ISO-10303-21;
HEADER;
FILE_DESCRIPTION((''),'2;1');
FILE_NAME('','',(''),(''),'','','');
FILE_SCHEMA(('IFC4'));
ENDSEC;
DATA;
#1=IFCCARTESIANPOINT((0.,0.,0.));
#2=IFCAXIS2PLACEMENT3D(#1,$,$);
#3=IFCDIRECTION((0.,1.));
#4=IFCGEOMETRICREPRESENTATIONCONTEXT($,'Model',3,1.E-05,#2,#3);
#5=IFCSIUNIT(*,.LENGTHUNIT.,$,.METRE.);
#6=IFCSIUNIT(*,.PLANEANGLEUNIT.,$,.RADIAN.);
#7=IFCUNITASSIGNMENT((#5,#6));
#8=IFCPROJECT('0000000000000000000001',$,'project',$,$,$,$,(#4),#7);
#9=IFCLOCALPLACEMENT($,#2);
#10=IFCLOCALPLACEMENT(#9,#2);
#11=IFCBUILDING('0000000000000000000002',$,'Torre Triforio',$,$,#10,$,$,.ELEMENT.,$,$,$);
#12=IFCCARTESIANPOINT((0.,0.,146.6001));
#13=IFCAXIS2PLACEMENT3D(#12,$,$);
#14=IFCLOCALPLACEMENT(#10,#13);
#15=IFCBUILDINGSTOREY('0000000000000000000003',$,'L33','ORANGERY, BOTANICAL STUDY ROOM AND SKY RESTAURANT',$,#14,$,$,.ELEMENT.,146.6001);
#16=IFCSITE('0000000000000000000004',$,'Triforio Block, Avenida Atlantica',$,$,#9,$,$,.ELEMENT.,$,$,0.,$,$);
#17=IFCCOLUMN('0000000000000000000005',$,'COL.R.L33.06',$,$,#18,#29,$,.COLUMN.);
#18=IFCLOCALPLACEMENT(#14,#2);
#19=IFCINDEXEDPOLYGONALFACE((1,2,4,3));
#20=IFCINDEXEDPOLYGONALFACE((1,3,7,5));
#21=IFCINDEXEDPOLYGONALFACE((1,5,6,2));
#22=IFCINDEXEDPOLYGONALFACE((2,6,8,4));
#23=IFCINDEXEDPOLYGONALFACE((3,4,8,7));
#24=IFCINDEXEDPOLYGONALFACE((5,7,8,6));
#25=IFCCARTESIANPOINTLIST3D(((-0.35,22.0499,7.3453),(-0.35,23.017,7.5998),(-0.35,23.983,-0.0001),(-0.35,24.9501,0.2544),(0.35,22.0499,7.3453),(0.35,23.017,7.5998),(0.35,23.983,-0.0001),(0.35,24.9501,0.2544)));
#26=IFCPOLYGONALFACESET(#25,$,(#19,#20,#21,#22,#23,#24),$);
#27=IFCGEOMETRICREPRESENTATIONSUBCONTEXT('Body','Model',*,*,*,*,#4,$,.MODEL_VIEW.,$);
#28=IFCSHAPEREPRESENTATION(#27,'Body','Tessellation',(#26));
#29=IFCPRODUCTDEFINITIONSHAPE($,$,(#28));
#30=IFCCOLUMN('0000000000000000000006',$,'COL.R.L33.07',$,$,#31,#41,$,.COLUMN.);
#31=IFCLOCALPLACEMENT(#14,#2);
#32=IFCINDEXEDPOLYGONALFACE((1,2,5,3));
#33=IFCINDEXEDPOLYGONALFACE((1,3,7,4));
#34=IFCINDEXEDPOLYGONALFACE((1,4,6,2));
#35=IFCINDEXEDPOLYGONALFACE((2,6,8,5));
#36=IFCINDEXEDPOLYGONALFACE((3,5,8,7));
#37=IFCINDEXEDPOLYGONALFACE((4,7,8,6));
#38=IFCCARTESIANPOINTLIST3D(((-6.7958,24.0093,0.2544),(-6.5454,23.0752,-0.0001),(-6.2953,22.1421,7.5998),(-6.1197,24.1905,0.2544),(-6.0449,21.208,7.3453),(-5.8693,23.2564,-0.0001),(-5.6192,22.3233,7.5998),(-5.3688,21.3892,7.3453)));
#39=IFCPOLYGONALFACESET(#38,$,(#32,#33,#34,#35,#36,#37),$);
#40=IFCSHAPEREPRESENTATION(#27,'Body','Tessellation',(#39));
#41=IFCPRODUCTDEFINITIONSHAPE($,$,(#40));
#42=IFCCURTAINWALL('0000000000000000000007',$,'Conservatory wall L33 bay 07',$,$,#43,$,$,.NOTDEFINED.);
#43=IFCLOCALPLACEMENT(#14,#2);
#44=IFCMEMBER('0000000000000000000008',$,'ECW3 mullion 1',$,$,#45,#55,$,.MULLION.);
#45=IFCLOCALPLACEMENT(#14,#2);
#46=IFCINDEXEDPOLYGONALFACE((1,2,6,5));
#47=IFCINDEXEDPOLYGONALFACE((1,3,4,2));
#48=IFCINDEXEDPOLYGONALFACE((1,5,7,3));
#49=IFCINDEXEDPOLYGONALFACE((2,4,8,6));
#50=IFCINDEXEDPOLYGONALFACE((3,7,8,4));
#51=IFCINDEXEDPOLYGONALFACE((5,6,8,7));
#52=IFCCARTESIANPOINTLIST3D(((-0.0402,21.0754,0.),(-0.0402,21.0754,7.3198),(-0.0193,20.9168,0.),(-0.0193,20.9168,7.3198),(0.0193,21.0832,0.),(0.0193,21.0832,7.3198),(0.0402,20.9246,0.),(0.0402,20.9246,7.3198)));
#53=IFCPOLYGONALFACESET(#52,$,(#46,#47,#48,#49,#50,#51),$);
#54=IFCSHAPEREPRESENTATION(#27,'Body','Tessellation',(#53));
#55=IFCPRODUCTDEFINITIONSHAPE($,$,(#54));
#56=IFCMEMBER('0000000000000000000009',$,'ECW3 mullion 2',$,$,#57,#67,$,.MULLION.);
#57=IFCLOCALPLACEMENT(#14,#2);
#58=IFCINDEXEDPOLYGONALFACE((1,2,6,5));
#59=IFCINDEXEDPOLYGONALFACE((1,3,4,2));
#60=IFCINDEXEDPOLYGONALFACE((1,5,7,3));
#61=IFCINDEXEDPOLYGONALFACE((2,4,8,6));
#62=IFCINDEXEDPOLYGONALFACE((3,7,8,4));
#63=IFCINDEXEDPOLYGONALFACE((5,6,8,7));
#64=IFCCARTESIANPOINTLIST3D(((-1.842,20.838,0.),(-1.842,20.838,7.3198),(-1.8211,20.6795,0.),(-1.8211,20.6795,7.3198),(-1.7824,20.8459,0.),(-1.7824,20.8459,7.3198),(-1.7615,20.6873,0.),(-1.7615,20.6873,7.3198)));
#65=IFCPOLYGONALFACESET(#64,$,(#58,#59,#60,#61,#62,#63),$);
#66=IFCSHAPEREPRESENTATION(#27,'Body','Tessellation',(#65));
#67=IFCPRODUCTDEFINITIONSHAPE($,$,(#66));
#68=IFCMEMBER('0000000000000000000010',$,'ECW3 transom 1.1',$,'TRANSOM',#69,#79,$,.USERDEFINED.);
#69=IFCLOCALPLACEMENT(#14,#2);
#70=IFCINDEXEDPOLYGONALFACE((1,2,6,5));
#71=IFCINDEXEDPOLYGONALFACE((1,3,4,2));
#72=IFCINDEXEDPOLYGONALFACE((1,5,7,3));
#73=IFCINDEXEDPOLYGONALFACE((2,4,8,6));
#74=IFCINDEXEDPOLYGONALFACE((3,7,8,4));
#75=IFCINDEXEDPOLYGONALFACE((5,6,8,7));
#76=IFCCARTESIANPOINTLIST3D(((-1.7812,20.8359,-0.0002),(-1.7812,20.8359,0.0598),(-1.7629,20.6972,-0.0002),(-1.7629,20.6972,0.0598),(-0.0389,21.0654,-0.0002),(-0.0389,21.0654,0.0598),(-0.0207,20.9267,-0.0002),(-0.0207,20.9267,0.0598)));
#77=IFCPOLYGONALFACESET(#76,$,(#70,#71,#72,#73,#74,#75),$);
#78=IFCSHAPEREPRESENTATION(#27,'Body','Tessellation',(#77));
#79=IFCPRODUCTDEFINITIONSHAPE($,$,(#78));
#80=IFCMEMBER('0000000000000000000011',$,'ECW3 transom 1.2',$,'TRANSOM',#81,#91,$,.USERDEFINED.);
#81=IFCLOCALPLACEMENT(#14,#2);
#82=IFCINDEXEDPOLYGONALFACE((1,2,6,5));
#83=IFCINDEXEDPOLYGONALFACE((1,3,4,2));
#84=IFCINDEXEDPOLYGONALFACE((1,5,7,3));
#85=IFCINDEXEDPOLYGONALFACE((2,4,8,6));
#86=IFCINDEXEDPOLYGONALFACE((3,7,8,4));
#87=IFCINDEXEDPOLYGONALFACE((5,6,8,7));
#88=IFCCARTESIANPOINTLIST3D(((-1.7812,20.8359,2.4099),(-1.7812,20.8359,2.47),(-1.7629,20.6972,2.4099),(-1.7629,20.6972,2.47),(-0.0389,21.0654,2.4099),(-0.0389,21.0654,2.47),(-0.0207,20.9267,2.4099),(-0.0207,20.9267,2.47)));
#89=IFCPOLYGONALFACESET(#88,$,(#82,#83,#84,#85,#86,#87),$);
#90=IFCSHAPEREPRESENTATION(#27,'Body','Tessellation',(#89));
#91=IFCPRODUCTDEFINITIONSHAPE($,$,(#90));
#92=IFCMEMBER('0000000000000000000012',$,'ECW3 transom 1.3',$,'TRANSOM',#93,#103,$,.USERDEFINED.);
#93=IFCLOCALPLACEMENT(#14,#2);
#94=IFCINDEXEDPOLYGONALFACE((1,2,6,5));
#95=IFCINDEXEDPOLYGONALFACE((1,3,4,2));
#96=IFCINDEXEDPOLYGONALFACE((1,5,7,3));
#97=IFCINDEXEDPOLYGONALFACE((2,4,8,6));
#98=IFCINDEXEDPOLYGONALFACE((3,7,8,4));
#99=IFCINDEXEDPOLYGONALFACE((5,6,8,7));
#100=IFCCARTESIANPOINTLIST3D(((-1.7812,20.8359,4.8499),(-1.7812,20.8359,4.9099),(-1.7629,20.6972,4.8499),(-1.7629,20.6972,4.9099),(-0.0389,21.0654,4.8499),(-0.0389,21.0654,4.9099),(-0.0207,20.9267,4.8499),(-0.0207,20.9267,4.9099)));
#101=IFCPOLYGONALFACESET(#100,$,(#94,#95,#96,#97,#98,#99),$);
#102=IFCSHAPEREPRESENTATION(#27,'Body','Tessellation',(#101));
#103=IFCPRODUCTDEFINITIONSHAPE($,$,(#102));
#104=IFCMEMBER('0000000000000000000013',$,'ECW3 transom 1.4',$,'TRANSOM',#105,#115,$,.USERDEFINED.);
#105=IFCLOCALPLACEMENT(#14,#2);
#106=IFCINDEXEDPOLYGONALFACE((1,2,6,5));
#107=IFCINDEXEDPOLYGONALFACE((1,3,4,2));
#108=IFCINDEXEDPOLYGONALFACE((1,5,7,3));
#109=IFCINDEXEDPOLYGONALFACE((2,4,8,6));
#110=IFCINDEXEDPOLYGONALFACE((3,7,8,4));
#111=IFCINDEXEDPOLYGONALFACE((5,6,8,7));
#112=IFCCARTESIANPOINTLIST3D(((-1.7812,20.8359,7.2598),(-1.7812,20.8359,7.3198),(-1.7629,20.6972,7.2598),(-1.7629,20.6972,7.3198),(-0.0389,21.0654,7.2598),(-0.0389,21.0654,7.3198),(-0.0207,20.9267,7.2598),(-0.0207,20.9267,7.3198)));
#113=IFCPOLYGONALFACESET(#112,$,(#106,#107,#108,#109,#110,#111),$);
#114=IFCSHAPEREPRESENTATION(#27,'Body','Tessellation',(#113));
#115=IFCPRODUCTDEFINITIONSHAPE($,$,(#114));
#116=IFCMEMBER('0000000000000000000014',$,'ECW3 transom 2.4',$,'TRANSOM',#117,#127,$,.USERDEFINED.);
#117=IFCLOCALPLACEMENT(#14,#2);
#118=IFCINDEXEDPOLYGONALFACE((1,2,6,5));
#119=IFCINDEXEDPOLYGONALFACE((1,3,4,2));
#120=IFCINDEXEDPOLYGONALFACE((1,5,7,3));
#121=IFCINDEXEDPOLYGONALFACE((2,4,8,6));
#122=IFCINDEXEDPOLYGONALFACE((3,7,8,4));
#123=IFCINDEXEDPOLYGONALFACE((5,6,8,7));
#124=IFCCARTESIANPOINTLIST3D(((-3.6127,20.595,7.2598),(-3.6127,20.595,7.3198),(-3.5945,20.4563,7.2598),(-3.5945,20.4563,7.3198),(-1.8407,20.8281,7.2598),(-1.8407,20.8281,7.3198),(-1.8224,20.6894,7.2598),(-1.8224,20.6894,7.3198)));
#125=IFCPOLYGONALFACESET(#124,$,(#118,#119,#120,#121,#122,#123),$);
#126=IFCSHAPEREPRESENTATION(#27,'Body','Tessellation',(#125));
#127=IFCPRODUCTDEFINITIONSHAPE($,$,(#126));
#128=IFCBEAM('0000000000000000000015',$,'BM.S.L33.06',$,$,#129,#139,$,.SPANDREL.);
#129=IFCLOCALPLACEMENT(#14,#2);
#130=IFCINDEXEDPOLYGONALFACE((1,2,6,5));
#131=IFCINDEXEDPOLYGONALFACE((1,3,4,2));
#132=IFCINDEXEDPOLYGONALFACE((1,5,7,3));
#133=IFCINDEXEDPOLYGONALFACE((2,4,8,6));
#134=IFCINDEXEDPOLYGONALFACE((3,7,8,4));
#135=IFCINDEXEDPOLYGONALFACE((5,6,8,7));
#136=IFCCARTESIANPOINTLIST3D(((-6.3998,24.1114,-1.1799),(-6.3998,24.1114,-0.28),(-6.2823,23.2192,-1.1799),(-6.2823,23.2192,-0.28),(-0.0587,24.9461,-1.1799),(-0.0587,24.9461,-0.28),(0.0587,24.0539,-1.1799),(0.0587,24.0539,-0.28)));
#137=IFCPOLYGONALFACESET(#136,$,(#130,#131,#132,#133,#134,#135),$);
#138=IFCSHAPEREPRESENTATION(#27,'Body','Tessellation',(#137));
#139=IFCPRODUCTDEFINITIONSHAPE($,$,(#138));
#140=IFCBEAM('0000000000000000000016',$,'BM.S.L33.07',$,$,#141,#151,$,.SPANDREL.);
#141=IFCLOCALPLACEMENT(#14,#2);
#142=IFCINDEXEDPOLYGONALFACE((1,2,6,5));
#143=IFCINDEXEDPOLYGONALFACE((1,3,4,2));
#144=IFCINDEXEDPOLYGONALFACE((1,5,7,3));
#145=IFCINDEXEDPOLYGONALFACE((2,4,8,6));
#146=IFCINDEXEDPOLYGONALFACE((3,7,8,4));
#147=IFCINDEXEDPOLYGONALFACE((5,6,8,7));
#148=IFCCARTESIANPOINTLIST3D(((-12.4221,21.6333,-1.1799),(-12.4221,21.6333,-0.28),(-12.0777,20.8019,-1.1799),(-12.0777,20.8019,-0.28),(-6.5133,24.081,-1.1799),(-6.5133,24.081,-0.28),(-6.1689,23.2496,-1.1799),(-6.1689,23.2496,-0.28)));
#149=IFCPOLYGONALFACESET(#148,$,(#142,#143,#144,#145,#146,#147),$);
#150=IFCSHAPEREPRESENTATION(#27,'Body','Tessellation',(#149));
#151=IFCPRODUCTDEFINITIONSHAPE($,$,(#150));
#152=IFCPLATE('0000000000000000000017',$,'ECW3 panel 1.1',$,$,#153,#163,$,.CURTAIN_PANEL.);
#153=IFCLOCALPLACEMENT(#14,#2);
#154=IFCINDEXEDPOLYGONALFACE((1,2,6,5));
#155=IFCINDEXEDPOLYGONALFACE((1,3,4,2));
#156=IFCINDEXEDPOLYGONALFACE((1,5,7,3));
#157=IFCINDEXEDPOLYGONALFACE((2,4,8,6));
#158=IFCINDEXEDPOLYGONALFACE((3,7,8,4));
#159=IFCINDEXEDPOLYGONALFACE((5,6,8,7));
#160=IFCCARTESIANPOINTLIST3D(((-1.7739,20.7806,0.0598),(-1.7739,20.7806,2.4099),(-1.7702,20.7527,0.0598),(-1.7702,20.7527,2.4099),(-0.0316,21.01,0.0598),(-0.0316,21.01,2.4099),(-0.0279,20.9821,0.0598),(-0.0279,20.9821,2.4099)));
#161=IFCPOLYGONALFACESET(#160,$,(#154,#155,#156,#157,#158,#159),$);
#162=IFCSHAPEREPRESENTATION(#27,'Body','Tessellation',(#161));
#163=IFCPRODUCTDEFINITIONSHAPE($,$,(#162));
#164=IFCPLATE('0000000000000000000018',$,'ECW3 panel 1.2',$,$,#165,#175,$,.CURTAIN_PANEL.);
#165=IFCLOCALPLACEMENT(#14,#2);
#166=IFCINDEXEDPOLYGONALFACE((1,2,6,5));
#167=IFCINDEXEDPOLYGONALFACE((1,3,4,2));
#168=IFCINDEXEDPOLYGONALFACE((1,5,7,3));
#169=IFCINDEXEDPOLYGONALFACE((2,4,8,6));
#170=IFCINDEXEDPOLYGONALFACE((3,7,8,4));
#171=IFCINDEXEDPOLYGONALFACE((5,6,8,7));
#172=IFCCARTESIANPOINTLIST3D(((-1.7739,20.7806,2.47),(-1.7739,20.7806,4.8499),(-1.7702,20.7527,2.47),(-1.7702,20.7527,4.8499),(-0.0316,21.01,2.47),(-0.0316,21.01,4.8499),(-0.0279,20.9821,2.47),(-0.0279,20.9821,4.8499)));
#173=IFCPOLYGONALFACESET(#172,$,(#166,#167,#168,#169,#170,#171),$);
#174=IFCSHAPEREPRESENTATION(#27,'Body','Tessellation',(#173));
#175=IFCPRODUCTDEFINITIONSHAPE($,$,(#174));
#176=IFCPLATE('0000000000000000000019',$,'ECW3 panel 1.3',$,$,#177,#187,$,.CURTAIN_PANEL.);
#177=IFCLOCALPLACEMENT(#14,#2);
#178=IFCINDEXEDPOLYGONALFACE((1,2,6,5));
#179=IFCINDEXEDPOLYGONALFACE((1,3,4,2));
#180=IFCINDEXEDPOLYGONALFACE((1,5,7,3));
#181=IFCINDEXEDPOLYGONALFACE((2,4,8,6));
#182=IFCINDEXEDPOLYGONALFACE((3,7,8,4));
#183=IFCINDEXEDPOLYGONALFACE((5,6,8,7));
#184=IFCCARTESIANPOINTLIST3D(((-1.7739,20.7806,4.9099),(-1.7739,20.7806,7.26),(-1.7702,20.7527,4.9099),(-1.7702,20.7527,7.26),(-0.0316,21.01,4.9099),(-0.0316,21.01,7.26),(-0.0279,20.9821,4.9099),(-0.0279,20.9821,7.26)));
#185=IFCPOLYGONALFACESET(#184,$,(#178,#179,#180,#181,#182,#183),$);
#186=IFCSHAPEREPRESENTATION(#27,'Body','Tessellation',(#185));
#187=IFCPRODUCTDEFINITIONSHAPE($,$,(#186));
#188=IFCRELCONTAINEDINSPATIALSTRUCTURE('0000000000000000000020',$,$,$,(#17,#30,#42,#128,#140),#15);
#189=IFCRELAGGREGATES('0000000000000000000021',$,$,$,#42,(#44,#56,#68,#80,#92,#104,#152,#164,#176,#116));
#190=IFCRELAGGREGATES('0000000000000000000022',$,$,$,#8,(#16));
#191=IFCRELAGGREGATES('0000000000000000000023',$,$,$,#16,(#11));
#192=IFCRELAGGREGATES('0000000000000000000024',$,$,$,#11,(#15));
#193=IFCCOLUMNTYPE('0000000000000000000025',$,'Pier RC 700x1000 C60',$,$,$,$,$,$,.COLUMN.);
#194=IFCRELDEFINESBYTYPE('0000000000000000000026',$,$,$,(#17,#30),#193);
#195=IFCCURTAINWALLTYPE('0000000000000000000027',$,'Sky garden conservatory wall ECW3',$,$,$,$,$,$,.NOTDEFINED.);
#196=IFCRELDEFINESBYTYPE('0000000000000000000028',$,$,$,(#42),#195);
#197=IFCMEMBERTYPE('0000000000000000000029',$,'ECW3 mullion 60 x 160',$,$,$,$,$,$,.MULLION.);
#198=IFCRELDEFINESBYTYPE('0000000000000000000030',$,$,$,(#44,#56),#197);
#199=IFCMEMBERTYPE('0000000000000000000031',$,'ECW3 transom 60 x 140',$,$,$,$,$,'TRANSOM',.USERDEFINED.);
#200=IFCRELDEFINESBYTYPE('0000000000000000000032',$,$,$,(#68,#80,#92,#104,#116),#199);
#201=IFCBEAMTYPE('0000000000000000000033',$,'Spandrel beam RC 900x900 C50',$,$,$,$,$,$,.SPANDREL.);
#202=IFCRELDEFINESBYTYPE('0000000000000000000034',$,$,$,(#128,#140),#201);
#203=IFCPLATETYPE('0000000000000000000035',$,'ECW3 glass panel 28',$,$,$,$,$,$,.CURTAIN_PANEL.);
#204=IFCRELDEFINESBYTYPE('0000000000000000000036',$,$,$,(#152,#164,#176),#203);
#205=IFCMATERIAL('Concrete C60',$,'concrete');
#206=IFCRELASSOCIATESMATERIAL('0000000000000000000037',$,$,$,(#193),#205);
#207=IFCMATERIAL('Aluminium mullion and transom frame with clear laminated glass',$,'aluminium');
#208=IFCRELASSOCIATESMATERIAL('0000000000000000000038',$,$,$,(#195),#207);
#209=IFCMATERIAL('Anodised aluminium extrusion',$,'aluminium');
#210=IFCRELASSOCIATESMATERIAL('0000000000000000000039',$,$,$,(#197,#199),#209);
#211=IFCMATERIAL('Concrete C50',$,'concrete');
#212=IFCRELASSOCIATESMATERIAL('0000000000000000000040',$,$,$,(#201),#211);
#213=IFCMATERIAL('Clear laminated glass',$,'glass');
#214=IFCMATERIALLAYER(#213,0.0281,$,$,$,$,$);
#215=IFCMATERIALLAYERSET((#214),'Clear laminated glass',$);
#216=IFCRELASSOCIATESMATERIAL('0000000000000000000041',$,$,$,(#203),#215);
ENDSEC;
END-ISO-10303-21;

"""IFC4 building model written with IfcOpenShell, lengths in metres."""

from ifc_helpers import new_model, si_unit, direction, frame, origin, origin_2d, place, context, subcontext, project, spatial, rectangle, extrude, material, layer, layer_set, material_profile, profile_set, type_object, element, aggregate, save


model = new_model("IFC4")

# Units and contexts
model_context = context("Model", 3, precision=1e-05, world=origin(), true_north=direction((0.0, 1.0)))
body_context = subcontext(model_context, "Body", "Model", "MODEL_VIEW")
ifc_project = project(units=[si_unit("LENGTHUNIT", "METRE"), si_unit("PLANEANGLEUNIT", "RADIAN")], contexts=[model_context])

# Site, building, storey
site_placement = place(None, origin())
site = spatial("IfcSite", under=ifc_project, at=site_placement, Name="Triforio Block, Avenida Atlantica", CompositionType="ELEMENT", RefElevation=0.0)
building_placement = place(site_placement, origin())
building = spatial("IfcBuilding", under=site, at=building_placement, Name="Torre Triforio", CompositionType="ELEMENT")
storey_placement = place(building_placement, frame((0.0, 0.0, 146.6001)))
storey = spatial("IfcBuildingStorey", under=building, at=storey_placement, Name="L33", Description="ORANGERY, BOTANICAL STUDY ROOM AND SKY RESTAURANT", CompositionType="ELEMENT", Elevation=146.6001)

# Columns
ifc_material_1 = material(Name="Concrete C60", Category="concrete")
ifc_material_profile_1 = material_profile(ifc_material_1, rectangle(XDim=0.7, YDim=1.0, at=origin_2d()), Name="RC 700x1000")
ifc_profile_set_1 = profile_set([ifc_material_profile_1], Name="Concrete C60")
column_type = type_object("IfcColumnType", Name="Pier RC 700x1000 C60", PredefinedType="COLUMN", material=ifc_profile_set_1)
for number, where, z_axis, x_axis, name in (
    (1, (0.0, 24.4666, 0.1272), (0.0, -0.254504, 0.967072), (1.0, 0.0, 0.0), "COL.R.L33.06"),
    (2, (-6.3325, 23.6328, 0.1272), (0.065892, -0.245826, 0.967072), (0.965903, 0.258904, 0.0), "COL.R.L33.07"),
):
    element("IfcColumn", number, at=place(storey_placement, frame(where, z_axis=z_axis, x_axis=x_axis)), inside=storey, type_object=column_type, Name=name, PredefinedType="COLUMN", context=body_context, shape_type="SweptSolid", body=[
        extrude(rectangle(XDim=0.7, YDim=1.0, at=origin_2d()), origin(), (0.0, 0.0, 1.0), 7.5955),
    ])

# Curtain wall, members
ifc_material_2 = material(Name="Aluminium mullion and transom frame with clear laminated glass", Category="aluminium")
curtain_wall_type = type_object("IfcCurtainWallType", Name="Sky garden conservatory wall ECW3", PredefinedType="NOTDEFINED", material=ifc_material_2)
curtain_wall_placement = place(storey_placement, origin())
curtain_wall = element("IfcCurtainWall", 3, at=curtain_wall_placement, inside=storey, type_object=curtain_wall_type, Name="Conservatory wall L33 bay 07", PredefinedType="NOTDEFINED")
ifc_material_3 = material(Name="Anodised aluminium extrusion", Category="aluminium")
ifc_material_profile_2 = material_profile(ifc_material_3, rectangle(XDim=0.1599, YDim=0.0601, at=origin_2d()), Name="ECW3 MULLION 60x160")
ifc_profile_set_2 = profile_set([ifc_material_profile_2], Name="Anodised aluminium extrusion")
member_type_1 = type_object("IfcMemberType", Name="ECW3 mullion 60 x 160", PredefinedType="MULLION", material=ifc_profile_set_2)
member_1_placement = place(storey_placement, frame((0.0, 21.0, 0.0), z_axis=(0.0, 0.0, 1.0), x_axis=(0.13053, -0.991444, 0.0)))
member_1 = element("IfcMember", 4, at=member_1_placement, type_object=member_type_1, Name="ECW3 mullion 1", PredefinedType="MULLION", context=body_context, shape_type="SweptSolid", body=[
    extrude(rectangle(XDim=0.1599, YDim=0.0601, at=origin_2d()), origin(), (0.0, 0.0, 1.0), 7.3198),
])
member_2_placement = place(storey_placement, frame((-1.8018, 20.7627, 0.0), z_axis=(0.0, 0.0, 1.0), x_axis=(0.13053, -0.991444, 0.0)))
member_2 = element("IfcMember", 5, at=member_2_placement, type_object=member_type_1, Name="ECW3 mullion 2", PredefinedType="MULLION", context=body_context, shape_type="SweptSolid", body=[
    extrude(rectangle(XDim=0.1599, YDim=0.0601, at=origin_2d()), origin(), (0.0, 0.0, 1.0), 7.3198),
])
ifc_material_profile_3 = material_profile(ifc_material_3, rectangle(XDim=0.1399, YDim=0.0601, at=origin_2d()), Name="ECW3 TRANSOM 60x140")
ifc_profile_set_3 = profile_set([ifc_material_profile_3], Name="Anodised aluminium extrusion")
member_type_2 = type_object("IfcMemberType", Name="ECW3 transom 60 x 140", ElementType="TRANSOM", PredefinedType="USERDEFINED", material=ifc_profile_set_3)
member_3_placement = place(storey_placement, frame((-0.0298, 20.9961, 0.0298), z_axis=(-0.991435, -0.130598, 0.0), x_axis=(0.130598, -0.991435, 0.0)))
member_3 = element("IfcMember", 6, at=member_3_placement, type_object=member_type_2, Name="ECW3 transom 1.1", ObjectType="TRANSOM", PredefinedType="USERDEFINED", context=body_context, shape_type="SweptSolid", body=[
    extrude(rectangle(XDim=0.1399, YDim=0.0601, at=origin_2d()), origin(), (0.0, 0.0, 1.0), 1.7573),
])
member_4_placement = place(storey_placement, frame((-0.0298, 20.9961, 2.4399), z_axis=(-0.991435, -0.130598, 0.0), x_axis=(0.130598, -0.991435, 0.0)))
member_4 = element("IfcMember", 7, at=member_4_placement, type_object=member_type_2, Name="ECW3 transom 1.2", ObjectType="TRANSOM", PredefinedType="USERDEFINED", context=body_context, shape_type="SweptSolid", body=[
    extrude(rectangle(XDim=0.1399, YDim=0.0601, at=origin_2d()), origin(), (0.0, 0.0, 1.0), 1.7573),
])
member_5_placement = place(storey_placement, frame((-0.0298, 20.9961, 4.8799), z_axis=(-0.991435, -0.130598, 0.0), x_axis=(0.130598, -0.991435, 0.0)))
member_5 = element("IfcMember", 8, at=member_5_placement, type_object=member_type_2, Name="ECW3 transom 1.3", ObjectType="TRANSOM", PredefinedType="USERDEFINED", context=body_context, shape_type="SweptSolid", body=[
    extrude(rectangle(XDim=0.1399, YDim=0.0601, at=origin_2d()), origin(), (0.0, 0.0, 1.0), 1.7573),
])
member_6_placement = place(storey_placement, frame((-0.0298, 20.9961, 7.2898), z_axis=(-0.991435, -0.130598, 0.0), x_axis=(0.130598, -0.991435, 0.0)))
member_6 = element("IfcMember", 9, at=member_6_placement, type_object=member_type_2, Name="ECW3 transom 1.4", ObjectType="TRANSOM", PredefinedType="USERDEFINED", context=body_context, shape_type="SweptSolid", body=[
    extrude(rectangle(XDim=0.1399, YDim=0.0601, at=origin_2d()), origin(), (0.0, 0.0, 1.0), 1.7573),
])
member_7_placement = place(storey_placement, frame((-1.8315, 20.7588, 7.2898), z_axis=(-0.991454, -0.130455, 0.0), x_axis=(0.130455, -0.991454, 0.0)))
member_7 = element("IfcMember", 10, at=member_7_placement, type_object=member_type_2, Name="ECW3 transom 2.4", ObjectType="TRANSOM", PredefinedType="USERDEFINED", context=body_context, shape_type="SweptSolid", body=[
    extrude(rectangle(XDim=0.1399, YDim=0.0601, at=origin_2d()), origin(), (0.0, 0.0, 1.0), 1.7874),
])

# Beams
ifc_material_4 = material(Name="Concrete C50", Category="concrete")
ifc_material_profile_4 = material_profile(ifc_material_4, rectangle(XDim=0.8999, YDim=0.8999, at=origin_2d()), Name="RC 900x900")
ifc_profile_set_4 = profile_set([ifc_material_profile_4], Name="Concrete C50")
beam_type = type_object("IfcBeamType", Name="Spandrel beam RC 900x900 C50", PredefinedType="SPANDREL", material=ifc_profile_set_4)
for number, where, z_axis, x_axis, name in (
    (11, (0.0, 24.5, -0.73), (-0.991447, -0.130511, 0.0), (0.130511, -0.991447, 0.0), "BM.S.L33.06"),
    (12, (-6.3411, 23.6653, -0.73), (-0.923869, -0.382709, 0.0), (0.382709, -0.923869, 0.0), "BM.S.L33.07"),
):
    element("IfcBeam", number, at=place(storey_placement, frame(where, z_axis=z_axis, x_axis=x_axis)), inside=storey, type_object=beam_type, Name=name, PredefinedType="SPANDREL", context=body_context, shape_type="SweptSolid", body=[
        extrude(rectangle(XDim=0.8999, YDim=0.8999, at=origin_2d()), origin(), (0.0, 0.0, 1.0), 6.3958),
    ])

# Plates
ifc_material_5 = material(Name="Clear laminated glass", Category="glass")
ifc_layer_1 = layer(ifc_material_5, 0.0281)
ifc_layer_set_1 = layer_set([ifc_layer_1], Name="Clear laminated glass")
plate_type = type_object("IfcPlateType", Name="ECW3 glass panel 28", PredefinedType="CURTAIN_PANEL", material=ifc_layer_set_1)
plate_1_placement = place(storey_placement, frame((-0.9009, 20.8813, 0.0598), z_axis=(0.0, 0.0, 1.0), x_axis=(-0.991444, -0.13053, 0.0)))
plate_1 = element("IfcPlate", 13, at=plate_1_placement, type_object=plate_type, Name="ECW3 panel 1.1", PredefinedType="CURTAIN_PANEL", context=body_context, shape_type="SweptSolid", body=[
    extrude(rectangle(XDim=1.7573, YDim=0.0281, at=origin_2d()), origin(), (0.0, 0.0, 1.0), 2.3501),
])
plate_2_placement = place(storey_placement, frame((-0.9009, 20.8813, 2.47), z_axis=(0.0, 0.0, 1.0), x_axis=(-0.991444, -0.13053, 0.0)))
plate_2 = element("IfcPlate", 14, at=plate_2_placement, type_object=plate_type, Name="ECW3 panel 1.2", PredefinedType="CURTAIN_PANEL", context=body_context, shape_type="SweptSolid", body=[
    extrude(rectangle(XDim=1.7573, YDim=0.0281, at=origin_2d()), origin(), (0.0, 0.0, 1.0), 2.3799),
])
plate_3_placement = place(storey_placement, frame((-0.9009, 20.8813, 4.9099), z_axis=(0.0, 0.0, 1.0), x_axis=(-0.991444, -0.13053, 0.0)))
plate_3 = element("IfcPlate", 15, at=plate_3_placement, type_object=plate_type, Name="ECW3 panel 1.3", PredefinedType="CURTAIN_PANEL", context=body_context, shape_type="SweptSolid", body=[
    extrude(rectangle(XDim=1.7573, YDim=0.0281, at=origin_2d()), origin(), (0.0, 0.0, 1.0), 2.3501),
])
aggregate(curtain_wall, [member_1, member_2, member_3, member_4, member_5, member_6, plate_1, plate_2, plate_3, member_7])

save(model, "model.ifc")
